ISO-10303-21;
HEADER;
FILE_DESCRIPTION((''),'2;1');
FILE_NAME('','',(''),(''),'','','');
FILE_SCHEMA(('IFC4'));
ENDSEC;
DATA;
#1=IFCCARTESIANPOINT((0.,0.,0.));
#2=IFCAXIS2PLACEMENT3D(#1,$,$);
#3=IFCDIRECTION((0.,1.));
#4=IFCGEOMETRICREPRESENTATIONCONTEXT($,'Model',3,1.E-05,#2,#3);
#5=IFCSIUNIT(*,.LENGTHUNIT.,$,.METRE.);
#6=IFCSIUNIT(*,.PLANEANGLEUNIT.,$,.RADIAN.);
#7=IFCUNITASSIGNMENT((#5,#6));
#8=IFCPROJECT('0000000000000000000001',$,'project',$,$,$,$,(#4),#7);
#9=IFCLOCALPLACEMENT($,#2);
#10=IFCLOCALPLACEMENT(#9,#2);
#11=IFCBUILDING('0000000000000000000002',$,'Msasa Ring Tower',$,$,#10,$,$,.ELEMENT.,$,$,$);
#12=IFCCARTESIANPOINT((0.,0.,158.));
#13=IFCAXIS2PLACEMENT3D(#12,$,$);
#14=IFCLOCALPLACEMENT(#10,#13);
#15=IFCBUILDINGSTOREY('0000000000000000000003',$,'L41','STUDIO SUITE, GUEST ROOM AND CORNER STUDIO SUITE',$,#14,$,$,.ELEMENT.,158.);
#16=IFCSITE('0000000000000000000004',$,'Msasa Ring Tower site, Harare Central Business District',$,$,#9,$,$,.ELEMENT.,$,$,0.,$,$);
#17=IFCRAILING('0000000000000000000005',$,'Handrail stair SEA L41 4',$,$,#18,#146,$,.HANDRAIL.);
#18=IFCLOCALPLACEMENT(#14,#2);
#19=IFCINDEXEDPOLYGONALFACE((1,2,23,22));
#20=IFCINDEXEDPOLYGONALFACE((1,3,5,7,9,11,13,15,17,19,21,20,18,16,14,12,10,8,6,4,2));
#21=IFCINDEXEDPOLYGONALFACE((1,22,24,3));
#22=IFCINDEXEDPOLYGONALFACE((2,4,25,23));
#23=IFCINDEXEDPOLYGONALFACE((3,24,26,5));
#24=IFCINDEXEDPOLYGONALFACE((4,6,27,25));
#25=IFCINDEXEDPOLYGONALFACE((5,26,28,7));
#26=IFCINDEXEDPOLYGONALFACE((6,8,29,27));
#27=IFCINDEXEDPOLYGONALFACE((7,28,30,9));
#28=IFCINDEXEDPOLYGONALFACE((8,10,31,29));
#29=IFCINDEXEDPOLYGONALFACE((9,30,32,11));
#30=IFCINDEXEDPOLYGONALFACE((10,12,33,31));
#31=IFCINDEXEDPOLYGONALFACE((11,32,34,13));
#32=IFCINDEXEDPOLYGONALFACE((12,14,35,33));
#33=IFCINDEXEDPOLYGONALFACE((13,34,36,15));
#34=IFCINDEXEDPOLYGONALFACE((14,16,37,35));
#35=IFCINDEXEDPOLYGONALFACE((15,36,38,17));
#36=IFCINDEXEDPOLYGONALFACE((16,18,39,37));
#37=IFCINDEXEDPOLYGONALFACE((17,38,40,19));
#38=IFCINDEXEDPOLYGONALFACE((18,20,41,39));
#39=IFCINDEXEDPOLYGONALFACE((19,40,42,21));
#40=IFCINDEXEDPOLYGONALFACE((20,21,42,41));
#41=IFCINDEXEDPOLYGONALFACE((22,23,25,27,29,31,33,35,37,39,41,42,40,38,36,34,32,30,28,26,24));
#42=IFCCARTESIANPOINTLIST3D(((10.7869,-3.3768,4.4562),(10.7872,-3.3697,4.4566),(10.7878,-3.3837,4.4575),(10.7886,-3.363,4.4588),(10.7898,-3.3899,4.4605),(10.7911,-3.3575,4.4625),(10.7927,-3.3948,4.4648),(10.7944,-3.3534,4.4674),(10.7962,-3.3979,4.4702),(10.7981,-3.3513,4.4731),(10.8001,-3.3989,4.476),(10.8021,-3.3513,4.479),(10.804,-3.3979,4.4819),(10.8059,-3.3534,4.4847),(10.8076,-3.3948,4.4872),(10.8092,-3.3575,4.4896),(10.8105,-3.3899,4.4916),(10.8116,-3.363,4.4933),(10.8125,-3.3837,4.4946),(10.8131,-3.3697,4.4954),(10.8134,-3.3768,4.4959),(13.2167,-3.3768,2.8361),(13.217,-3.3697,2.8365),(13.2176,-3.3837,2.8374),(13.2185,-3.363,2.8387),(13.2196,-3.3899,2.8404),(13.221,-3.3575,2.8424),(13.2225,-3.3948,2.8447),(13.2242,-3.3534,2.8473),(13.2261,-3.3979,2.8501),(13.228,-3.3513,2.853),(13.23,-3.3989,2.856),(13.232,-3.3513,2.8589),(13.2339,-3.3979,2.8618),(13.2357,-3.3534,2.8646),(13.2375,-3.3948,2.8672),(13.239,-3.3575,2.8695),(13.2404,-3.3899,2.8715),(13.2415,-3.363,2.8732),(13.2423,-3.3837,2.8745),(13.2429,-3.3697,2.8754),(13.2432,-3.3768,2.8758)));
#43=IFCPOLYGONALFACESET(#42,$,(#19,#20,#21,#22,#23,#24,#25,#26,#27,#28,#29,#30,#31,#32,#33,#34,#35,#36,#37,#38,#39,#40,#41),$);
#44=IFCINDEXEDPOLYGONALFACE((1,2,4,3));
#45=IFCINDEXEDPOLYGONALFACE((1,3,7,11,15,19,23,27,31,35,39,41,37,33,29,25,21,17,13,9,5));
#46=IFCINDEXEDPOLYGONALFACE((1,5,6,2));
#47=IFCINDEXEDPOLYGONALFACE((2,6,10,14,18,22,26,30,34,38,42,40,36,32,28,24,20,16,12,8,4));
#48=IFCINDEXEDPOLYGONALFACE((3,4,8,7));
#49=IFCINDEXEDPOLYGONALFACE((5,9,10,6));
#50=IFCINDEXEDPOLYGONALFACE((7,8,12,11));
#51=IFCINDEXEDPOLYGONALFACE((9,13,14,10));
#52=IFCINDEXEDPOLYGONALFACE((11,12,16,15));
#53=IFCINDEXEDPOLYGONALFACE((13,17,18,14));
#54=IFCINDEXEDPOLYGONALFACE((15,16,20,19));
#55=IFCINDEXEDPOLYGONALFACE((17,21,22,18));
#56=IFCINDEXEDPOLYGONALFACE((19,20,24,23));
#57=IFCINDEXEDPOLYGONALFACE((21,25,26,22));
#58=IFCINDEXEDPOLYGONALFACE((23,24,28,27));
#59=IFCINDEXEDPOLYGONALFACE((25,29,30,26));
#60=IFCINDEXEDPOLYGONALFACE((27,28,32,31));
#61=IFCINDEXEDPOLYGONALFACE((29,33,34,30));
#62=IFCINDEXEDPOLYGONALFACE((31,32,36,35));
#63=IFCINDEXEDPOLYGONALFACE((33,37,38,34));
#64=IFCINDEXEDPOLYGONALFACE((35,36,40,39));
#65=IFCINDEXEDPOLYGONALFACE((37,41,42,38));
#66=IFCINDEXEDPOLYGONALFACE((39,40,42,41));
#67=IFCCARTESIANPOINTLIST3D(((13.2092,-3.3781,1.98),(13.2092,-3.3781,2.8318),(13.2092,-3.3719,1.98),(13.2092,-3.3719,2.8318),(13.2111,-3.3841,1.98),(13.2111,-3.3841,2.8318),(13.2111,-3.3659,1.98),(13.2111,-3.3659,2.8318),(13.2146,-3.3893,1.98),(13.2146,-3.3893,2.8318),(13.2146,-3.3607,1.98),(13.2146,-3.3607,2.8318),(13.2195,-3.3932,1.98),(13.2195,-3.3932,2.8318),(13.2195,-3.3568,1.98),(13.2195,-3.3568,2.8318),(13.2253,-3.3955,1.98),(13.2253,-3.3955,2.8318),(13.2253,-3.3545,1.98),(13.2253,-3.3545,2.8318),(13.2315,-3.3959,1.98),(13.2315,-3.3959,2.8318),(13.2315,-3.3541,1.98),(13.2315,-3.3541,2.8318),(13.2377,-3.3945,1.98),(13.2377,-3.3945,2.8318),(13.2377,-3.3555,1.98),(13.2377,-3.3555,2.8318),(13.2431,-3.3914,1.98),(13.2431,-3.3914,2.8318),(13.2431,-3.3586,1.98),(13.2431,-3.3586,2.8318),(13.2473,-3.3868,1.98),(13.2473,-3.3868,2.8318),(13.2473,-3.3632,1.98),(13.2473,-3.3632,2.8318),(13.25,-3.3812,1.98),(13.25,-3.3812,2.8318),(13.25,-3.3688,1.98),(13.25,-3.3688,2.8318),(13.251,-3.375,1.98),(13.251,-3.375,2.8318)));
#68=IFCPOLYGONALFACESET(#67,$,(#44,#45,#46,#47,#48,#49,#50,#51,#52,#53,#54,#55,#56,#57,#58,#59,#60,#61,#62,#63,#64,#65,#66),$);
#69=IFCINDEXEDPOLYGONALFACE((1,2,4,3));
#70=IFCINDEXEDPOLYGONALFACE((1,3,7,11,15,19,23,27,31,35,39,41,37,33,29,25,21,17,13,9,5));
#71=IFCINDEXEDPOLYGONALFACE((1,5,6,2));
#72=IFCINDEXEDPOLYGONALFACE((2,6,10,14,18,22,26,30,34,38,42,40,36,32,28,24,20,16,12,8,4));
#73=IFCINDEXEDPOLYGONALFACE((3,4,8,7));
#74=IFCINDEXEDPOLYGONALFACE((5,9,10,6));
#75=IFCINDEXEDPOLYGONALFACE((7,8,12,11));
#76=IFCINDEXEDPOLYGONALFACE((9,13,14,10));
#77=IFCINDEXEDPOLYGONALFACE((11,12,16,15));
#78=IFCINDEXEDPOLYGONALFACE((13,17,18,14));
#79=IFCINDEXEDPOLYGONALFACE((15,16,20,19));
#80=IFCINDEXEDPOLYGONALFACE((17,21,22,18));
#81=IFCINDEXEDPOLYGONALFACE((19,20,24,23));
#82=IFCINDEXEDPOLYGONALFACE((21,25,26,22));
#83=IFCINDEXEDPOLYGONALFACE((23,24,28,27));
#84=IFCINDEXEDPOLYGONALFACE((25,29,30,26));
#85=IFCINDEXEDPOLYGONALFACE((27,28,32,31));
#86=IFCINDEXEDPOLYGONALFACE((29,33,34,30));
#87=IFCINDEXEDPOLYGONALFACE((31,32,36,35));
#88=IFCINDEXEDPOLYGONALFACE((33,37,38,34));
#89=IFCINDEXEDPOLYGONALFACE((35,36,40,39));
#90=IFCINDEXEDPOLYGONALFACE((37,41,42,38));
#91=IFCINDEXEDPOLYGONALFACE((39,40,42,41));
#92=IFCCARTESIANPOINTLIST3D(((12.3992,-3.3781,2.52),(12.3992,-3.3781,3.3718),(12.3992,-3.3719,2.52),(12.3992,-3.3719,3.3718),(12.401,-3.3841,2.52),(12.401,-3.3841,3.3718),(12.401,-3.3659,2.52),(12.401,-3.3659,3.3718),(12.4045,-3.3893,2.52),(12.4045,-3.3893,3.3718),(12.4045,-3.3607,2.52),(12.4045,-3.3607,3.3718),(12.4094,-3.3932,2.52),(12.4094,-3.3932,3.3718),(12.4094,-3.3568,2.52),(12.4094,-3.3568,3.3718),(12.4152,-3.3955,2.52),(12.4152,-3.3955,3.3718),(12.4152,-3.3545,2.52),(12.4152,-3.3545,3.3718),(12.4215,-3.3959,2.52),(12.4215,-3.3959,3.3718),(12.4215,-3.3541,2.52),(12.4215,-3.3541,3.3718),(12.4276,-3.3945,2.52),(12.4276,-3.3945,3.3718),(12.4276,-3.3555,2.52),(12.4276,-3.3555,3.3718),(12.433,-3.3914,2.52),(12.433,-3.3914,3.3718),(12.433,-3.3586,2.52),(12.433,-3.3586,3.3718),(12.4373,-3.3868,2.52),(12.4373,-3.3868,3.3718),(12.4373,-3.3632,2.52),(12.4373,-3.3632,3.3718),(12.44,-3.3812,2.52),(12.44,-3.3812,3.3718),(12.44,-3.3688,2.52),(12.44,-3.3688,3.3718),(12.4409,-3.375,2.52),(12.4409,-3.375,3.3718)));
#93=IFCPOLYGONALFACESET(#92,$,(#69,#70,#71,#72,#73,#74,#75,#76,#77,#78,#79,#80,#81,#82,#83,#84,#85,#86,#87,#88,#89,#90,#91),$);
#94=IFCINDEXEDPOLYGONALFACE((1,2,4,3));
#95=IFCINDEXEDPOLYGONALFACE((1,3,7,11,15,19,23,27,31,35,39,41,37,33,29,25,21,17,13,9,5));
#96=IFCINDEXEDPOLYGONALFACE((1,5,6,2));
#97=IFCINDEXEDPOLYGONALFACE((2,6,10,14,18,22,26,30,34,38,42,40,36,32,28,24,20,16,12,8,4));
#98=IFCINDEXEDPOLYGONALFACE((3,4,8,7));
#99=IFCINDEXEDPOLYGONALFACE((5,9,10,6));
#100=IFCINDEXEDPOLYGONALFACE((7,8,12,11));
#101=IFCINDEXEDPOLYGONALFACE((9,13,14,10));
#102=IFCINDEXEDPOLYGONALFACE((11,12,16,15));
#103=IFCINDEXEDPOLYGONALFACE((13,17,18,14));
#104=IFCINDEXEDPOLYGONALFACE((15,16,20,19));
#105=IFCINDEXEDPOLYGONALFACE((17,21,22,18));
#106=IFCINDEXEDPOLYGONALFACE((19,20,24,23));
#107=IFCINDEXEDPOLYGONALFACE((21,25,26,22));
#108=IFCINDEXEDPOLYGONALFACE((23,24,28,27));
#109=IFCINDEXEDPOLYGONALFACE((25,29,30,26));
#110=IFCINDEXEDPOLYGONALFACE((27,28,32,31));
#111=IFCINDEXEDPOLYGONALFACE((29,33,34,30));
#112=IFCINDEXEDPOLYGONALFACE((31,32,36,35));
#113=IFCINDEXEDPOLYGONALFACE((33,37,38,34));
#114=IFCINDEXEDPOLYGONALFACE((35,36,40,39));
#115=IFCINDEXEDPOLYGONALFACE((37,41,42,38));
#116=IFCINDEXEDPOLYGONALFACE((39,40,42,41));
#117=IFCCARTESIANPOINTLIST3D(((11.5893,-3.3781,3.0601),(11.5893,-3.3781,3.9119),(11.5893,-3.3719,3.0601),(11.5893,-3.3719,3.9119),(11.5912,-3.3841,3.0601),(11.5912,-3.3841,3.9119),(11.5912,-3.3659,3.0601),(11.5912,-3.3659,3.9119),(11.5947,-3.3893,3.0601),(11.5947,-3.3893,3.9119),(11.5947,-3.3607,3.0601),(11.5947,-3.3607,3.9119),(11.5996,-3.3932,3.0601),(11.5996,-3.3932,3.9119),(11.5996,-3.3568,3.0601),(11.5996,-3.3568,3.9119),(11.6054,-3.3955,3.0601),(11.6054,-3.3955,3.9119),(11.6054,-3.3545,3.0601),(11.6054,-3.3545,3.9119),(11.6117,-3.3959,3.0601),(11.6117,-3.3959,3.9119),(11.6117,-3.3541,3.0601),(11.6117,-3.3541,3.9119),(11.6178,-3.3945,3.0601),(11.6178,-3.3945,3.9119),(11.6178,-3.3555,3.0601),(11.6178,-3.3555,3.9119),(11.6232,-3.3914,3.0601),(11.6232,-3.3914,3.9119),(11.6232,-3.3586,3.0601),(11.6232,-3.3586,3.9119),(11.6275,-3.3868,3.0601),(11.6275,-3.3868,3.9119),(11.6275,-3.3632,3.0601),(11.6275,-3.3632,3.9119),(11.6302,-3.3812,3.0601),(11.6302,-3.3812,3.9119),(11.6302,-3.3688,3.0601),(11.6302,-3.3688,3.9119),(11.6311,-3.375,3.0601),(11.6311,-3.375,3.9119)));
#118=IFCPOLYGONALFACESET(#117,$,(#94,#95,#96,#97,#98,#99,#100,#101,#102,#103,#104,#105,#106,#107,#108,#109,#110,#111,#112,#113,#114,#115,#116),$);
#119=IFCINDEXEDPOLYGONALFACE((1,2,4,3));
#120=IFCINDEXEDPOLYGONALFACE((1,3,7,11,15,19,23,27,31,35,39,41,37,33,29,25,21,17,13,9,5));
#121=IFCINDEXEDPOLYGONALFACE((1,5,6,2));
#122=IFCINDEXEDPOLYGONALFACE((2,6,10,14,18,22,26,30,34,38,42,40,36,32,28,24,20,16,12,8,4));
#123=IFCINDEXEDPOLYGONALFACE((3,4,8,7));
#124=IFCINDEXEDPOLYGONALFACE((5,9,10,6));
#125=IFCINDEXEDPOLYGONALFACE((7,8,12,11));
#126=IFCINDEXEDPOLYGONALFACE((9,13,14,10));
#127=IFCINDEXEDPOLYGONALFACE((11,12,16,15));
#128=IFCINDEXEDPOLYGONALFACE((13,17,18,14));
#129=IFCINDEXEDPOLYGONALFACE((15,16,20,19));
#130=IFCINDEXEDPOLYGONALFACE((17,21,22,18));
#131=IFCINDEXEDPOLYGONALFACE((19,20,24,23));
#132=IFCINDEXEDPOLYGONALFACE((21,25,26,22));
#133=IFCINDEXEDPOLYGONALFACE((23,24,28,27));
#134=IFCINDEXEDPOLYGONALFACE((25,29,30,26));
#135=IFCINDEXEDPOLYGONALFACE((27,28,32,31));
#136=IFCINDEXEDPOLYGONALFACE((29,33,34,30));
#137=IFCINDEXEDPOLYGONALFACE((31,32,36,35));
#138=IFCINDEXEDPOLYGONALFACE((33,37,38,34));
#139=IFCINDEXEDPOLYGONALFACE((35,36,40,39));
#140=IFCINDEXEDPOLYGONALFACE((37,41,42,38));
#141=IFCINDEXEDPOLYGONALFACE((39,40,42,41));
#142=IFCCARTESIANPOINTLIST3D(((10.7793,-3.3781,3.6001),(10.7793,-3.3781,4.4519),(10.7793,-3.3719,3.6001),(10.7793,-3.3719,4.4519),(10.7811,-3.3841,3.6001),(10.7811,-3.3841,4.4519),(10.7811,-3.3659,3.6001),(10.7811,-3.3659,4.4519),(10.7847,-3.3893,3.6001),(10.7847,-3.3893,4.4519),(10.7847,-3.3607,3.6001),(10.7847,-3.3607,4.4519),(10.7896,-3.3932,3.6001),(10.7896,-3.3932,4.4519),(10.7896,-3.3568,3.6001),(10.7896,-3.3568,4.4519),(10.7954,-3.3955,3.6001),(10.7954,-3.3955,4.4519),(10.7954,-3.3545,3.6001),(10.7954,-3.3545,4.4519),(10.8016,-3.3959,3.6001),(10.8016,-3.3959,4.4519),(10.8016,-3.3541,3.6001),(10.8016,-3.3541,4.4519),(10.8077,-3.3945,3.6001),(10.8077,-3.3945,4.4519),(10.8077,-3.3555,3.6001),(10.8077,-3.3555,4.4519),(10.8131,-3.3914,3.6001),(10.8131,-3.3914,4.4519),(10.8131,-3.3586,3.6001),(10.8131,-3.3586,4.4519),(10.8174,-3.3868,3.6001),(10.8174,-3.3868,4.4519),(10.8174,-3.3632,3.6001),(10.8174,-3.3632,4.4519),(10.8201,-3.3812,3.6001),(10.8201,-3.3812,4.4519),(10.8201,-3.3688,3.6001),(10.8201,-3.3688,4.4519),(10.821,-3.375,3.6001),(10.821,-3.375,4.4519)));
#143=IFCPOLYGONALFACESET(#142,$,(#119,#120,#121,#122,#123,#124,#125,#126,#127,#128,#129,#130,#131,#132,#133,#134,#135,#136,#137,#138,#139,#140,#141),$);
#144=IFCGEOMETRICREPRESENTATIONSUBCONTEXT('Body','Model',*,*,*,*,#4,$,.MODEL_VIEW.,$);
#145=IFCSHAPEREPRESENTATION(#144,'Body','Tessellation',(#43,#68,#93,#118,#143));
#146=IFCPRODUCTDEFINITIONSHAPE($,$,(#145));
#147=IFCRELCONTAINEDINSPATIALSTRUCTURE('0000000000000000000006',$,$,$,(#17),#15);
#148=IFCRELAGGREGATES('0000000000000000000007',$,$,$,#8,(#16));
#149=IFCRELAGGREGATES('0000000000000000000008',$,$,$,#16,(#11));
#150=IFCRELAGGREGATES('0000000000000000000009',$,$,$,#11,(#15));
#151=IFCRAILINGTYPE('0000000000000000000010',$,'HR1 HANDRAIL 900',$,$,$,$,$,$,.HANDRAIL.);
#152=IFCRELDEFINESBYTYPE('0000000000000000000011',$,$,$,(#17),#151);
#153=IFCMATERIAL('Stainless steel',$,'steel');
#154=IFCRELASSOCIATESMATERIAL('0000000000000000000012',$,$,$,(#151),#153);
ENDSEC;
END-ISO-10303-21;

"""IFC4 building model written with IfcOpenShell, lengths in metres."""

from ifc_helpers import new_model, si_unit, direction, frame, origin, origin_2d, place, context, subcontext, project, spatial, circle, extrude, material, type_object, element, save


model = new_model("IFC4")

# Units and contexts
model_context = context("Model", 3, precision=1e-05, world=origin(), true_north=direction((0.0, 1.0)))
body_context = subcontext(model_context, "Body", "Model", "MODEL_VIEW")
ifc_project = project(units=[si_unit("LENGTHUNIT", "METRE"), si_unit("PLANEANGLEUNIT", "RADIAN")], contexts=[model_context])

# Site, building, storey
site_placement = place(None, origin())
site = spatial("IfcSite", under=ifc_project, at=site_placement, Name="Msasa Ring Tower site, Harare Central Business District", CompositionType="ELEMENT", RefElevation=0.0)
building_placement = place(site_placement, origin())
building = spatial("IfcBuilding", under=site, at=building_placement, Name="Msasa Ring Tower", CompositionType="ELEMENT")
storey_placement = place(building_placement, frame((0.0, 0.0, 158.0)))
storey = spatial("IfcBuildingStorey", under=building, at=storey_placement, Name="L41", Description="STUDIO SUITE, GUEST ROOM AND CORNER STUDIO SUITE", CompositionType="ELEMENT", Elevation=158.0)

# Railing
ifc_material_1 = material(Name="Stainless steel", Category="steel")
railing_type = type_object("IfcRailingType", Name="HR1 HANDRAIL 900", PredefinedType="HANDRAIL", material=ifc_material_1)
for number, where, name in (
    (1, (13.23, -3.375, 1.98), "Handrail stair SEA L41 4"),
):
    element("IfcRailing", number, at=place(storey_placement, frame(where)), inside=storey, type_object=railing_type, Name=name, PredefinedType="HANDRAIL", context=body_context, shape_type="SweptSolid", body=[
        extrude(circle(Radius=0.0239, at=origin_2d()), frame((0.0, 0.0, 0.876), z_axis=(-0.832025, 0.0, 0.554739), x_axis=(0.0, -1.0, 0.0)), (0.0, 0.0, 1.0), 2.9204),
        extrude(circle(Radius=0.021, at=origin_2d()), origin(), (0.0, 0.0, 1.0), 0.8518),
        extrude(circle(Radius=0.021, at=origin_2d()), frame((-0.8101, 0.0, 0.54)), (0.0, 0.0, 1.0), 0.8518),
        extrude(circle(Radius=0.021, at=origin_2d()), frame((-1.6199, 0.0, 1.0801)), (0.0, 0.0, 1.0), 0.8518),
        extrude(circle(Radius=0.021, at=origin_2d()), frame((-2.4299, 0.0, 1.6201)), (0.0, 0.0, 1.0), 0.8518),
    ])

save(model, "model.ifc")
